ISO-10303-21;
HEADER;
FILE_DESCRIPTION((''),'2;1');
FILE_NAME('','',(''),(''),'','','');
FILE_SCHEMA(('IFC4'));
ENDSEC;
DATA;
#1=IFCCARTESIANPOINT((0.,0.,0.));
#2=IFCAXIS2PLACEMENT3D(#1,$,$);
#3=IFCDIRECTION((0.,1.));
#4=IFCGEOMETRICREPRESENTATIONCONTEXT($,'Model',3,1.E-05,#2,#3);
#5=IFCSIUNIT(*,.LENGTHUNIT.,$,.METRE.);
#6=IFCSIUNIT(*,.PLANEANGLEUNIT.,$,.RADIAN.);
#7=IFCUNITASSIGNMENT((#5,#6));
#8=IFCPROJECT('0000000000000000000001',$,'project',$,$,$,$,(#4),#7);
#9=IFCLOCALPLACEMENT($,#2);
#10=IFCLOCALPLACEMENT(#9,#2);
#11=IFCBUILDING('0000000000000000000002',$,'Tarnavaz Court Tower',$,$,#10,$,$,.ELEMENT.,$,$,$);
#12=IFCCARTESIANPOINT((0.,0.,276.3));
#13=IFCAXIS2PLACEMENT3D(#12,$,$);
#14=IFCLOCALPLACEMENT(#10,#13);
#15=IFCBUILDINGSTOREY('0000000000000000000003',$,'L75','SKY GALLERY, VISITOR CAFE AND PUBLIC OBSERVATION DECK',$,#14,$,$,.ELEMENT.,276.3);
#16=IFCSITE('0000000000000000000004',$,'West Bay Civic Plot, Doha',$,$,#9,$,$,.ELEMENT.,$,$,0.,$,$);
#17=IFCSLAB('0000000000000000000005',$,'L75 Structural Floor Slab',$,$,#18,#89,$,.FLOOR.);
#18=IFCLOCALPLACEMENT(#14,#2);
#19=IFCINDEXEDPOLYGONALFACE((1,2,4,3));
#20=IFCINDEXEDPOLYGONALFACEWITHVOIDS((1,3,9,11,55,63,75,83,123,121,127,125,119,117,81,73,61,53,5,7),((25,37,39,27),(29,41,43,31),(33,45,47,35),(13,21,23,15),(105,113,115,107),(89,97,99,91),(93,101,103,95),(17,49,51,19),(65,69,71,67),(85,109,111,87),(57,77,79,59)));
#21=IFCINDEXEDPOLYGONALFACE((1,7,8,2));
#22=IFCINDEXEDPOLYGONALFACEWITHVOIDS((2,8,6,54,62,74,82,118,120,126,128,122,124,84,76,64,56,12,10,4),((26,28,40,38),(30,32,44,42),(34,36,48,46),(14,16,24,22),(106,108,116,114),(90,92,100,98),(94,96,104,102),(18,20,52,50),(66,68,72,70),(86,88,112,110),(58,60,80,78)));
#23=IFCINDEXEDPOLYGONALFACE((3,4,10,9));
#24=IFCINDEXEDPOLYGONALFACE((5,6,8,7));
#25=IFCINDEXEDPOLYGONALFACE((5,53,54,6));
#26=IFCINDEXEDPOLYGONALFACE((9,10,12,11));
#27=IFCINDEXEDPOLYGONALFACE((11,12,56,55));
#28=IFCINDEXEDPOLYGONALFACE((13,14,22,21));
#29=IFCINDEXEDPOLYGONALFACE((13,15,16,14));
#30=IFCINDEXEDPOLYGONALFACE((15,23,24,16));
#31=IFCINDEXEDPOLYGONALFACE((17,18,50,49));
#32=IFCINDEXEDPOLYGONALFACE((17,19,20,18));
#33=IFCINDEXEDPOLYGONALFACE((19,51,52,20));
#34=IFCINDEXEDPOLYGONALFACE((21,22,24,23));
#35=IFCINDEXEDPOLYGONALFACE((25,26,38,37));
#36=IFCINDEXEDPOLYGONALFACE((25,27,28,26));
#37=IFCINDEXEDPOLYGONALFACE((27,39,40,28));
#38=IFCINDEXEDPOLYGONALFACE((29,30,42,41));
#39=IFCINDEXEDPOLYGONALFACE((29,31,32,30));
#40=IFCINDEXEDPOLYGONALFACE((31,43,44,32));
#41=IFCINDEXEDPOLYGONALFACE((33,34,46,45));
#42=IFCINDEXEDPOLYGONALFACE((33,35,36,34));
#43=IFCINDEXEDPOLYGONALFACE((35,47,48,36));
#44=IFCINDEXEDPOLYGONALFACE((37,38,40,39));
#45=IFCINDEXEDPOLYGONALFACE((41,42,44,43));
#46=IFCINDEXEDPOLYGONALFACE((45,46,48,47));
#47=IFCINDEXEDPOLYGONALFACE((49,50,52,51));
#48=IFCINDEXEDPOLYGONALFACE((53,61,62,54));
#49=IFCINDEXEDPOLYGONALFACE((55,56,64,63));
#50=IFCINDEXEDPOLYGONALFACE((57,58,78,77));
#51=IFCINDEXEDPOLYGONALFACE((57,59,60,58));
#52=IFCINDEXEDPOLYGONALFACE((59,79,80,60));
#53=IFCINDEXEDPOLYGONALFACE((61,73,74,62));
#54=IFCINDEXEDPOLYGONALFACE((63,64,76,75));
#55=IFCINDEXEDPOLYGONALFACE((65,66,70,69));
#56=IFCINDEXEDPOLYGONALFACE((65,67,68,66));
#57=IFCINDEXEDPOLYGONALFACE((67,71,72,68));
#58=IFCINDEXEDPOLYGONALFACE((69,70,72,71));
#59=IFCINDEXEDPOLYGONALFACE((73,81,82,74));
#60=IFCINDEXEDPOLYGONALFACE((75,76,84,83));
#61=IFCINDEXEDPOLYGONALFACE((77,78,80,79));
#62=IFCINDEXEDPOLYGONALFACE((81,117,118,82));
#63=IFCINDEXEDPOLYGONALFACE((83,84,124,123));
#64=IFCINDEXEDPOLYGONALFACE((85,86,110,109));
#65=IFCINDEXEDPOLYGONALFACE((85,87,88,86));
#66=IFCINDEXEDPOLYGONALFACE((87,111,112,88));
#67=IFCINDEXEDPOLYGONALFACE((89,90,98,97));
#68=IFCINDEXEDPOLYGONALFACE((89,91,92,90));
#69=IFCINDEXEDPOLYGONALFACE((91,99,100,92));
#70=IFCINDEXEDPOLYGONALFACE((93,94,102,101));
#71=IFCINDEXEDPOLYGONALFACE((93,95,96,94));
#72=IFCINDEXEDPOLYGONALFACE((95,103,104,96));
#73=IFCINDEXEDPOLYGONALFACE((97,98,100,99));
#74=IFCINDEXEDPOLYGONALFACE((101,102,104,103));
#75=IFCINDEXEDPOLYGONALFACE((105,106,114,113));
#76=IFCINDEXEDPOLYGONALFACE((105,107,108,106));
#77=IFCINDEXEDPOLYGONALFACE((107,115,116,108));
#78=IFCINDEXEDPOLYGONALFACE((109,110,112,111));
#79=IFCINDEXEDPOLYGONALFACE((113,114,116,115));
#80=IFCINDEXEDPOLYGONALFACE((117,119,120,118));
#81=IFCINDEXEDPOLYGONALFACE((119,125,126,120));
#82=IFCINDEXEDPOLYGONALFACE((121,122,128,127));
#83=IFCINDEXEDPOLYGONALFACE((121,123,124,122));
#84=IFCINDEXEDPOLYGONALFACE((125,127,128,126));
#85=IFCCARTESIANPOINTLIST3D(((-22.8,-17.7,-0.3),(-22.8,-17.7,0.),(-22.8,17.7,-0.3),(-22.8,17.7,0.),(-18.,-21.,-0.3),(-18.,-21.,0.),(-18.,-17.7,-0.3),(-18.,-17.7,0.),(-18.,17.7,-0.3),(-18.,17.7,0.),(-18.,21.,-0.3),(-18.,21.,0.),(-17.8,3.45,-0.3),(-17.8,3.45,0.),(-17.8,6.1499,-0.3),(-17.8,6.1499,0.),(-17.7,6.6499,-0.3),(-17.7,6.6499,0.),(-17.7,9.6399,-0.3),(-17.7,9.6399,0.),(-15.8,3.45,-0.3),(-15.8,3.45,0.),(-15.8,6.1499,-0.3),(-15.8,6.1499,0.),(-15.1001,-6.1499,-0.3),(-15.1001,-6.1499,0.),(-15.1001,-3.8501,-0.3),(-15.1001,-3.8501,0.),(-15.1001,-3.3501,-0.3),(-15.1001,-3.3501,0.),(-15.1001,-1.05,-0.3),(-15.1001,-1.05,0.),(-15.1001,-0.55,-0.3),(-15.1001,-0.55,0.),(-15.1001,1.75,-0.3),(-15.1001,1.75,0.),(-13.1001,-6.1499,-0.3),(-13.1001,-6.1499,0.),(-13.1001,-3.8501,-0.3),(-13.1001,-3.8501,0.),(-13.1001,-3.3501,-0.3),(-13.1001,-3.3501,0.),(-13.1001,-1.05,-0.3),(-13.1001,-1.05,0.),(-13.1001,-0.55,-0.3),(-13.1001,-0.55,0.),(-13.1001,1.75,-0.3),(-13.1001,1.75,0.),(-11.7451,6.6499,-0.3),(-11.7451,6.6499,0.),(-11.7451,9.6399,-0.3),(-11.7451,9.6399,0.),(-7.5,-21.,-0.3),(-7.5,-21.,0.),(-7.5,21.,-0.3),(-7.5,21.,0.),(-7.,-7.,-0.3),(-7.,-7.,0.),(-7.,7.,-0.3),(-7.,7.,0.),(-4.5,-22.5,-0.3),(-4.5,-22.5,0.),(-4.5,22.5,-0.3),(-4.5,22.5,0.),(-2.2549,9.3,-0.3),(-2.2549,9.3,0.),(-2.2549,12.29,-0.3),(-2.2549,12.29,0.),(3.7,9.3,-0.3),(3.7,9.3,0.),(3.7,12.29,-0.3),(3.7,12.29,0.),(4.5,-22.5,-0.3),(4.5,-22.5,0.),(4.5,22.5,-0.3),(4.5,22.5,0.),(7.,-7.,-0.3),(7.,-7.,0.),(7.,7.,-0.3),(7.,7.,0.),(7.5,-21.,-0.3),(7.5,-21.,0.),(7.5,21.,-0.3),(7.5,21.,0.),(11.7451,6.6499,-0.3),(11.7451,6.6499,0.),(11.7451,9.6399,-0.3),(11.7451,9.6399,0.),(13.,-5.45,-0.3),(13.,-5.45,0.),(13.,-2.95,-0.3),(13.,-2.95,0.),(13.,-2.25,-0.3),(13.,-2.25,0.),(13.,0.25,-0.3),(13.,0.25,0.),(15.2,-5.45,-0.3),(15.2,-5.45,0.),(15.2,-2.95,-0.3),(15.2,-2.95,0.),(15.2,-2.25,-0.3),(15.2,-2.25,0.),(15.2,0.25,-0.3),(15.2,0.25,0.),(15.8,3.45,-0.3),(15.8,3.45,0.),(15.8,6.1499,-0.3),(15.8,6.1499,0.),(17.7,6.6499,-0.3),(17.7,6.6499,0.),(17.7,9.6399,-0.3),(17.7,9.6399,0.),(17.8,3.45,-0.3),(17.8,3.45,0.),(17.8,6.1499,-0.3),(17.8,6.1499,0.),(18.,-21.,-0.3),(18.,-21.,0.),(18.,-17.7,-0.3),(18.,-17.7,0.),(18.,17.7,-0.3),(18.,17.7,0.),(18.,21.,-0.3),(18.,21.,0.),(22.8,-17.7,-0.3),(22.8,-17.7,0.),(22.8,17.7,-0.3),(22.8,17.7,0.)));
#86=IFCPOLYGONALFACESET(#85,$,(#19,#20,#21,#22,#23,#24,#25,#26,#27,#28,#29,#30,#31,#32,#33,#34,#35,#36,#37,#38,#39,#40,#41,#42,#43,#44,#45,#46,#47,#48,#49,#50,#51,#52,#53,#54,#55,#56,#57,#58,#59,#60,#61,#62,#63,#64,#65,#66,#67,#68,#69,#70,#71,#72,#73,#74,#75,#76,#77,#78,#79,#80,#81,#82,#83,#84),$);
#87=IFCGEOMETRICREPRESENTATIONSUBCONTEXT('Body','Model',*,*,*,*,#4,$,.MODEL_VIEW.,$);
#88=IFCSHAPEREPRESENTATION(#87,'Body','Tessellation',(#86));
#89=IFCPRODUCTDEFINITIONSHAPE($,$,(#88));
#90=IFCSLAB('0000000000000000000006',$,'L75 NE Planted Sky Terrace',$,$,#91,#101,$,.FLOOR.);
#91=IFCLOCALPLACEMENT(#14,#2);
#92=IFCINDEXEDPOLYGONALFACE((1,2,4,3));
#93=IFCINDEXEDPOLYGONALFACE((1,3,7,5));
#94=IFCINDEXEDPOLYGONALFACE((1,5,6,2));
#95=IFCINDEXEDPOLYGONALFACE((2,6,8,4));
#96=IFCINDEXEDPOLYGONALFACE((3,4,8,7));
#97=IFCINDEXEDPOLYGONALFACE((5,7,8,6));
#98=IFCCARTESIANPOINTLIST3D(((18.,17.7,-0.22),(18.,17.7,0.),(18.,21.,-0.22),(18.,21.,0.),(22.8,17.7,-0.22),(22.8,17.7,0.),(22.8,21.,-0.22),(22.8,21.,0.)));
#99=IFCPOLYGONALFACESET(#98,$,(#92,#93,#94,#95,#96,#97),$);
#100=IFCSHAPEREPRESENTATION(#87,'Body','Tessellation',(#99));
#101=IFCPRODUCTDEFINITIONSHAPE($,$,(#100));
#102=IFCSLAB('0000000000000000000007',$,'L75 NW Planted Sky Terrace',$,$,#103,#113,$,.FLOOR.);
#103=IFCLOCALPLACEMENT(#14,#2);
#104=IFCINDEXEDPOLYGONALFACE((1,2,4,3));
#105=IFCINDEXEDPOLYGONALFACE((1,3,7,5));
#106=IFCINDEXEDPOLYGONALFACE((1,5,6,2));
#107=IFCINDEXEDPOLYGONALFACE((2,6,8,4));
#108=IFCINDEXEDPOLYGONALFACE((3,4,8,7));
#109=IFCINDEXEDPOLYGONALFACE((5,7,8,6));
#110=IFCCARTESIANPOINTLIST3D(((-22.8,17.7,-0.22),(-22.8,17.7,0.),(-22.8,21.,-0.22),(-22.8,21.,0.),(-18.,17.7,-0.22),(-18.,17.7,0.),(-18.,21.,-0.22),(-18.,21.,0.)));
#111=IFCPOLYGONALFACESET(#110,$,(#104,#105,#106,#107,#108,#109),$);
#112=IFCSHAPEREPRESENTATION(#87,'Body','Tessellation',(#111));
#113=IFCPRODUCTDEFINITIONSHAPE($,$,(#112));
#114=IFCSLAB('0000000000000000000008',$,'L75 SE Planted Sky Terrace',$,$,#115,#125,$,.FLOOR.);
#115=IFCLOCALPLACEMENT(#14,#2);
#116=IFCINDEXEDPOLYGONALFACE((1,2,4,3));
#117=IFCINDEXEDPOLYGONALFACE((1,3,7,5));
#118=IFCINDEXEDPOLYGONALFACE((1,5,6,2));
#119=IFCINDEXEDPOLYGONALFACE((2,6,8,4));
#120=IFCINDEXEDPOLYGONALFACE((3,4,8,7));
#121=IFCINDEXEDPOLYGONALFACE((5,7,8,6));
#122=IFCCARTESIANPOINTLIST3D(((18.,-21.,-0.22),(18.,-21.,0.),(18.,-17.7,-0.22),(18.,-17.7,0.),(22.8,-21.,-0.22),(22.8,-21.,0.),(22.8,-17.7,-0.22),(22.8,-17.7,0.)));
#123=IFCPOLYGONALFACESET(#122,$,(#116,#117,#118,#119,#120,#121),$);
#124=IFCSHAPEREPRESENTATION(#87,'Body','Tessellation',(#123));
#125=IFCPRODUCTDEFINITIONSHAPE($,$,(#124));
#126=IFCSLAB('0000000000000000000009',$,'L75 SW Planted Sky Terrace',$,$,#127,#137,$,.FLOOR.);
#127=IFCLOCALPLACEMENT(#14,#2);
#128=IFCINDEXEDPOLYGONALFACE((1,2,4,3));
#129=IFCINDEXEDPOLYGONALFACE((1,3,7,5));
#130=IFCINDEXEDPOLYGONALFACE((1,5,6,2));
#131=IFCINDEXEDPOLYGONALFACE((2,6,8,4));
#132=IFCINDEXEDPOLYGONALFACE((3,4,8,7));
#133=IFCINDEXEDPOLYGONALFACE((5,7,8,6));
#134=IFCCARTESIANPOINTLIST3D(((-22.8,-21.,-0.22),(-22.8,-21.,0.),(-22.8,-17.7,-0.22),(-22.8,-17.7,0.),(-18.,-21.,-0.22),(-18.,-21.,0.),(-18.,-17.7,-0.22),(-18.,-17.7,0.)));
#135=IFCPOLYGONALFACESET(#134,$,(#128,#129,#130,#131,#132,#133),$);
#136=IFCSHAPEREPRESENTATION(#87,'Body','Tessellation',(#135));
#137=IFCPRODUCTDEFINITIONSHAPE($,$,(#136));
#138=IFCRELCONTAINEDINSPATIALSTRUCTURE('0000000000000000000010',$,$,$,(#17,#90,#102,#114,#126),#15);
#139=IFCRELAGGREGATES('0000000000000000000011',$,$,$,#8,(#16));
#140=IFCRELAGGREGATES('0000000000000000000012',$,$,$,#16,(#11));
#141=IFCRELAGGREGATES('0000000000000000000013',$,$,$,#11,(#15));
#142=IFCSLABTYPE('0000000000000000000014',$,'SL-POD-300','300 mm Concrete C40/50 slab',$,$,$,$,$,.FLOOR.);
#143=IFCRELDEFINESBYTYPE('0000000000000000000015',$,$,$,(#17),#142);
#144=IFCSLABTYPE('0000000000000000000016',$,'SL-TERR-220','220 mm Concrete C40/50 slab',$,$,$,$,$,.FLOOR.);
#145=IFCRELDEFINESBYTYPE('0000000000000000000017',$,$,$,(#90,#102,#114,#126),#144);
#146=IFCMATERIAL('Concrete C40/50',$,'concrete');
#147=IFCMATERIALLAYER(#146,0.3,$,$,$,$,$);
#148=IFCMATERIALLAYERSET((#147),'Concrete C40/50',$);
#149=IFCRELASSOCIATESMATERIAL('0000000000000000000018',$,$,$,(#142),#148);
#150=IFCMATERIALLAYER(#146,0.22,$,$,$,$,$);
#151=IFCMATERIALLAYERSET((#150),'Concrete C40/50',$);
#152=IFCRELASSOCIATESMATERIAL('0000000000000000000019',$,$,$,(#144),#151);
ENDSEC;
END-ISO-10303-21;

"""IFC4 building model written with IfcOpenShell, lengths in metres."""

from ifc_helpers import new_model, si_unit, direction, frame, origin, place, context, subcontext, project, spatial, polyline, outline, extrude, material, layer, layer_set, type_object, element, save


model = new_model("IFC4")

# Units and contexts
model_context = context("Model", 3, precision=1e-05, world=origin(), true_north=direction((0.0, 1.0)))
body_context = subcontext(model_context, "Body", "Model", "MODEL_VIEW")
ifc_project = project(units=[si_unit("LENGTHUNIT", "METRE"), si_unit("PLANEANGLEUNIT", "RADIAN")], contexts=[model_context])

# Site, building, storey
site_placement = place(None, origin())
site = spatial("IfcSite", under=ifc_project, at=site_placement, Name="West Bay Civic Plot, Doha", CompositionType="ELEMENT", RefElevation=0.0)
building_placement = place(site_placement, origin())
building = spatial("IfcBuilding", under=site, at=building_placement, Name="Tarnavaz Court Tower", CompositionType="ELEMENT")
storey_placement = place(building_placement, frame((0.0, 0.0, 276.3)))
storey = spatial("IfcBuildingStorey", under=building, at=storey_placement, Name="L75", Description="SKY GALLERY, VISITOR CAFE AND PUBLIC OBSERVATION DECK", CompositionType="ELEMENT", Elevation=276.3)

# Shared definitions
ifc_material_1 = material(Name="Concrete C40/50", Category="concrete")

# Slabs
ifc_layer_1 = layer(ifc_material_1, 0.3)
ifc_layer_set_1 = layer_set([ifc_layer_1], Name="Concrete C40/50")
slab_type_1 = type_object("IfcSlabType", Name="SL-POD-300", Description="300 mm Concrete C40/50 slab", PredefinedType="FLOOR", material=ifc_layer_set_1)
slab_1_placement = place(storey_placement, frame((0.0, 0.0, -0.3)))
element("IfcSlab", 1, at=slab_1_placement, inside=storey, type_object=slab_type_1, Name="L75 Structural Floor Slab", PredefinedType="FLOOR", context=body_context, shape_type="SweptSolid", body=[
    extrude(outline(polyline([(-18.0, -21.0), (-7.5, -21.0), (-4.5, -22.5), (4.5, -22.5), (7.5, -21.0), (18.0, -21.0), (18.0, -17.7), (22.8, -17.7), (22.8, 17.7), (18.0, 17.7), (18.0, 21.0), (7.5, 21.0), (4.5, 22.5), (-4.5, 22.5), (-7.5, 21.0), (-18.0, 21.0), (-18.0, 17.7), (-22.8, 17.7), (-22.8, -17.7), (-18.0, -17.7), (-18.0, -21.0)]), holes=[polyline([(-7.0, -7.0), (7.0, -7.0), (7.0, 7.0), (-7.0, 7.0), (-7.0, -7.0)]), polyline([(-11.7451, 9.6399), (-17.7, 9.6399), (-17.7, 6.6499), (-11.7451, 6.6499), (-11.7451, 9.6399)]), polyline([(11.7451, 6.6499), (17.7, 6.6499), (17.7, 9.6399), (11.7451, 9.6399), (11.7451, 6.6499)]), polyline([(-2.2549, 9.3), (3.7, 9.3), (3.7, 12.29), (-2.2549, 12.29), (-2.2549, 9.3)]), polyline([(-17.8, 3.45), (-15.8, 3.45), (-15.8, 6.1499), (-17.8, 6.1499), (-17.8, 3.45)]), polyline([(-15.1001, -6.1499), (-13.1001, -6.1499), (-13.1001, -3.8501), (-15.1001, -3.8501), (-15.1001, -6.1499)]), polyline([(-15.1001, -3.3501), (-13.1001, -3.3501), (-13.1001, -1.05), (-15.1001, -1.05), (-15.1001, -3.3501)]), polyline([(-15.1001, -0.55), (-13.1001, -0.55), (-13.1001, 1.75), (-15.1001, 1.75), (-15.1001, -0.55)]), polyline([(15.8, 3.45), (17.8, 3.45), (17.8, 6.1499), (15.8, 6.1499), (15.8, 3.45)]), polyline([(13.0, -5.45), (15.2, -5.45), (15.2, -2.95), (13.0, -2.95), (13.0, -5.45)]), polyline([(13.0, -2.25), (15.2, -2.25), (15.2, 0.25), (13.0, 0.25), (13.0, -2.25)])]), origin(), (0.0, 0.0, 1.0), 0.3),
])
ifc_layer_2 = layer(ifc_material_1, 0.22)
ifc_layer_set_2 = layer_set([ifc_layer_2], Name="Concrete C40/50")
slab_type_2 = type_object("IfcSlabType", Name="SL-TERR-220", Description="220 mm Concrete C40/50 slab", PredefinedType="FLOOR", material=ifc_layer_set_2)
slab_2_placement = place(storey_placement, frame((0.0, 0.0, -0.22)))
element("IfcSlab", 2, at=slab_2_placement, inside=storey, type_object=slab_type_2, Name="L75 NE Planted Sky Terrace", PredefinedType="FLOOR", context=body_context, shape_type="SweptSolid", body=[
    extrude(outline(polyline([(18.0, 17.7), (22.8, 17.7), (22.8, 21.0), (18.0, 21.0), (18.0, 17.7)])), origin(), (0.0, 0.0, 1.0), 0.22),
])
slab_3_placement = place(storey_placement, frame((0.0, 0.0, -0.22)))
element("IfcSlab", 3, at=slab_3_placement, inside=storey, type_object=slab_type_2, Name="L75 NW Planted Sky Terrace", PredefinedType="FLOOR", context=body_context, shape_type="SweptSolid", body=[
    extrude(outline(polyline([(-22.8, 17.7), (-18.0, 17.7), (-18.0, 21.0), (-22.8, 21.0), (-22.8, 17.7)])), origin(), (0.0, 0.0, 1.0), 0.22),
])
slab_4_placement = place(storey_placement, frame((0.0, 0.0, -0.22)))
element("IfcSlab", 4, at=slab_4_placement, inside=storey, type_object=slab_type_2, Name="L75 SE Planted Sky Terrace", PredefinedType="FLOOR", context=body_context, shape_type="SweptSolid", body=[
    extrude(outline(polyline([(18.0, -21.0), (22.8, -21.0), (22.8, -17.7), (18.0, -17.7), (18.0, -21.0)])), origin(), (0.0, 0.0, 1.0), 0.22),
])
slab_5_placement = place(storey_placement, frame((0.0, 0.0, -0.22)))
element("IfcSlab", 5, at=slab_5_placement, inside=storey, type_object=slab_type_2, Name="L75 SW Planted Sky Terrace", PredefinedType="FLOOR", context=body_context, shape_type="SweptSolid", body=[
    extrude(outline(polyline([(-22.8, -21.0), (-18.0, -21.0), (-18.0, -17.7), (-22.8, -17.7), (-22.8, -21.0)])), origin(), (0.0, 0.0, 1.0), 0.22),
])

save(model, "model.ifc")
